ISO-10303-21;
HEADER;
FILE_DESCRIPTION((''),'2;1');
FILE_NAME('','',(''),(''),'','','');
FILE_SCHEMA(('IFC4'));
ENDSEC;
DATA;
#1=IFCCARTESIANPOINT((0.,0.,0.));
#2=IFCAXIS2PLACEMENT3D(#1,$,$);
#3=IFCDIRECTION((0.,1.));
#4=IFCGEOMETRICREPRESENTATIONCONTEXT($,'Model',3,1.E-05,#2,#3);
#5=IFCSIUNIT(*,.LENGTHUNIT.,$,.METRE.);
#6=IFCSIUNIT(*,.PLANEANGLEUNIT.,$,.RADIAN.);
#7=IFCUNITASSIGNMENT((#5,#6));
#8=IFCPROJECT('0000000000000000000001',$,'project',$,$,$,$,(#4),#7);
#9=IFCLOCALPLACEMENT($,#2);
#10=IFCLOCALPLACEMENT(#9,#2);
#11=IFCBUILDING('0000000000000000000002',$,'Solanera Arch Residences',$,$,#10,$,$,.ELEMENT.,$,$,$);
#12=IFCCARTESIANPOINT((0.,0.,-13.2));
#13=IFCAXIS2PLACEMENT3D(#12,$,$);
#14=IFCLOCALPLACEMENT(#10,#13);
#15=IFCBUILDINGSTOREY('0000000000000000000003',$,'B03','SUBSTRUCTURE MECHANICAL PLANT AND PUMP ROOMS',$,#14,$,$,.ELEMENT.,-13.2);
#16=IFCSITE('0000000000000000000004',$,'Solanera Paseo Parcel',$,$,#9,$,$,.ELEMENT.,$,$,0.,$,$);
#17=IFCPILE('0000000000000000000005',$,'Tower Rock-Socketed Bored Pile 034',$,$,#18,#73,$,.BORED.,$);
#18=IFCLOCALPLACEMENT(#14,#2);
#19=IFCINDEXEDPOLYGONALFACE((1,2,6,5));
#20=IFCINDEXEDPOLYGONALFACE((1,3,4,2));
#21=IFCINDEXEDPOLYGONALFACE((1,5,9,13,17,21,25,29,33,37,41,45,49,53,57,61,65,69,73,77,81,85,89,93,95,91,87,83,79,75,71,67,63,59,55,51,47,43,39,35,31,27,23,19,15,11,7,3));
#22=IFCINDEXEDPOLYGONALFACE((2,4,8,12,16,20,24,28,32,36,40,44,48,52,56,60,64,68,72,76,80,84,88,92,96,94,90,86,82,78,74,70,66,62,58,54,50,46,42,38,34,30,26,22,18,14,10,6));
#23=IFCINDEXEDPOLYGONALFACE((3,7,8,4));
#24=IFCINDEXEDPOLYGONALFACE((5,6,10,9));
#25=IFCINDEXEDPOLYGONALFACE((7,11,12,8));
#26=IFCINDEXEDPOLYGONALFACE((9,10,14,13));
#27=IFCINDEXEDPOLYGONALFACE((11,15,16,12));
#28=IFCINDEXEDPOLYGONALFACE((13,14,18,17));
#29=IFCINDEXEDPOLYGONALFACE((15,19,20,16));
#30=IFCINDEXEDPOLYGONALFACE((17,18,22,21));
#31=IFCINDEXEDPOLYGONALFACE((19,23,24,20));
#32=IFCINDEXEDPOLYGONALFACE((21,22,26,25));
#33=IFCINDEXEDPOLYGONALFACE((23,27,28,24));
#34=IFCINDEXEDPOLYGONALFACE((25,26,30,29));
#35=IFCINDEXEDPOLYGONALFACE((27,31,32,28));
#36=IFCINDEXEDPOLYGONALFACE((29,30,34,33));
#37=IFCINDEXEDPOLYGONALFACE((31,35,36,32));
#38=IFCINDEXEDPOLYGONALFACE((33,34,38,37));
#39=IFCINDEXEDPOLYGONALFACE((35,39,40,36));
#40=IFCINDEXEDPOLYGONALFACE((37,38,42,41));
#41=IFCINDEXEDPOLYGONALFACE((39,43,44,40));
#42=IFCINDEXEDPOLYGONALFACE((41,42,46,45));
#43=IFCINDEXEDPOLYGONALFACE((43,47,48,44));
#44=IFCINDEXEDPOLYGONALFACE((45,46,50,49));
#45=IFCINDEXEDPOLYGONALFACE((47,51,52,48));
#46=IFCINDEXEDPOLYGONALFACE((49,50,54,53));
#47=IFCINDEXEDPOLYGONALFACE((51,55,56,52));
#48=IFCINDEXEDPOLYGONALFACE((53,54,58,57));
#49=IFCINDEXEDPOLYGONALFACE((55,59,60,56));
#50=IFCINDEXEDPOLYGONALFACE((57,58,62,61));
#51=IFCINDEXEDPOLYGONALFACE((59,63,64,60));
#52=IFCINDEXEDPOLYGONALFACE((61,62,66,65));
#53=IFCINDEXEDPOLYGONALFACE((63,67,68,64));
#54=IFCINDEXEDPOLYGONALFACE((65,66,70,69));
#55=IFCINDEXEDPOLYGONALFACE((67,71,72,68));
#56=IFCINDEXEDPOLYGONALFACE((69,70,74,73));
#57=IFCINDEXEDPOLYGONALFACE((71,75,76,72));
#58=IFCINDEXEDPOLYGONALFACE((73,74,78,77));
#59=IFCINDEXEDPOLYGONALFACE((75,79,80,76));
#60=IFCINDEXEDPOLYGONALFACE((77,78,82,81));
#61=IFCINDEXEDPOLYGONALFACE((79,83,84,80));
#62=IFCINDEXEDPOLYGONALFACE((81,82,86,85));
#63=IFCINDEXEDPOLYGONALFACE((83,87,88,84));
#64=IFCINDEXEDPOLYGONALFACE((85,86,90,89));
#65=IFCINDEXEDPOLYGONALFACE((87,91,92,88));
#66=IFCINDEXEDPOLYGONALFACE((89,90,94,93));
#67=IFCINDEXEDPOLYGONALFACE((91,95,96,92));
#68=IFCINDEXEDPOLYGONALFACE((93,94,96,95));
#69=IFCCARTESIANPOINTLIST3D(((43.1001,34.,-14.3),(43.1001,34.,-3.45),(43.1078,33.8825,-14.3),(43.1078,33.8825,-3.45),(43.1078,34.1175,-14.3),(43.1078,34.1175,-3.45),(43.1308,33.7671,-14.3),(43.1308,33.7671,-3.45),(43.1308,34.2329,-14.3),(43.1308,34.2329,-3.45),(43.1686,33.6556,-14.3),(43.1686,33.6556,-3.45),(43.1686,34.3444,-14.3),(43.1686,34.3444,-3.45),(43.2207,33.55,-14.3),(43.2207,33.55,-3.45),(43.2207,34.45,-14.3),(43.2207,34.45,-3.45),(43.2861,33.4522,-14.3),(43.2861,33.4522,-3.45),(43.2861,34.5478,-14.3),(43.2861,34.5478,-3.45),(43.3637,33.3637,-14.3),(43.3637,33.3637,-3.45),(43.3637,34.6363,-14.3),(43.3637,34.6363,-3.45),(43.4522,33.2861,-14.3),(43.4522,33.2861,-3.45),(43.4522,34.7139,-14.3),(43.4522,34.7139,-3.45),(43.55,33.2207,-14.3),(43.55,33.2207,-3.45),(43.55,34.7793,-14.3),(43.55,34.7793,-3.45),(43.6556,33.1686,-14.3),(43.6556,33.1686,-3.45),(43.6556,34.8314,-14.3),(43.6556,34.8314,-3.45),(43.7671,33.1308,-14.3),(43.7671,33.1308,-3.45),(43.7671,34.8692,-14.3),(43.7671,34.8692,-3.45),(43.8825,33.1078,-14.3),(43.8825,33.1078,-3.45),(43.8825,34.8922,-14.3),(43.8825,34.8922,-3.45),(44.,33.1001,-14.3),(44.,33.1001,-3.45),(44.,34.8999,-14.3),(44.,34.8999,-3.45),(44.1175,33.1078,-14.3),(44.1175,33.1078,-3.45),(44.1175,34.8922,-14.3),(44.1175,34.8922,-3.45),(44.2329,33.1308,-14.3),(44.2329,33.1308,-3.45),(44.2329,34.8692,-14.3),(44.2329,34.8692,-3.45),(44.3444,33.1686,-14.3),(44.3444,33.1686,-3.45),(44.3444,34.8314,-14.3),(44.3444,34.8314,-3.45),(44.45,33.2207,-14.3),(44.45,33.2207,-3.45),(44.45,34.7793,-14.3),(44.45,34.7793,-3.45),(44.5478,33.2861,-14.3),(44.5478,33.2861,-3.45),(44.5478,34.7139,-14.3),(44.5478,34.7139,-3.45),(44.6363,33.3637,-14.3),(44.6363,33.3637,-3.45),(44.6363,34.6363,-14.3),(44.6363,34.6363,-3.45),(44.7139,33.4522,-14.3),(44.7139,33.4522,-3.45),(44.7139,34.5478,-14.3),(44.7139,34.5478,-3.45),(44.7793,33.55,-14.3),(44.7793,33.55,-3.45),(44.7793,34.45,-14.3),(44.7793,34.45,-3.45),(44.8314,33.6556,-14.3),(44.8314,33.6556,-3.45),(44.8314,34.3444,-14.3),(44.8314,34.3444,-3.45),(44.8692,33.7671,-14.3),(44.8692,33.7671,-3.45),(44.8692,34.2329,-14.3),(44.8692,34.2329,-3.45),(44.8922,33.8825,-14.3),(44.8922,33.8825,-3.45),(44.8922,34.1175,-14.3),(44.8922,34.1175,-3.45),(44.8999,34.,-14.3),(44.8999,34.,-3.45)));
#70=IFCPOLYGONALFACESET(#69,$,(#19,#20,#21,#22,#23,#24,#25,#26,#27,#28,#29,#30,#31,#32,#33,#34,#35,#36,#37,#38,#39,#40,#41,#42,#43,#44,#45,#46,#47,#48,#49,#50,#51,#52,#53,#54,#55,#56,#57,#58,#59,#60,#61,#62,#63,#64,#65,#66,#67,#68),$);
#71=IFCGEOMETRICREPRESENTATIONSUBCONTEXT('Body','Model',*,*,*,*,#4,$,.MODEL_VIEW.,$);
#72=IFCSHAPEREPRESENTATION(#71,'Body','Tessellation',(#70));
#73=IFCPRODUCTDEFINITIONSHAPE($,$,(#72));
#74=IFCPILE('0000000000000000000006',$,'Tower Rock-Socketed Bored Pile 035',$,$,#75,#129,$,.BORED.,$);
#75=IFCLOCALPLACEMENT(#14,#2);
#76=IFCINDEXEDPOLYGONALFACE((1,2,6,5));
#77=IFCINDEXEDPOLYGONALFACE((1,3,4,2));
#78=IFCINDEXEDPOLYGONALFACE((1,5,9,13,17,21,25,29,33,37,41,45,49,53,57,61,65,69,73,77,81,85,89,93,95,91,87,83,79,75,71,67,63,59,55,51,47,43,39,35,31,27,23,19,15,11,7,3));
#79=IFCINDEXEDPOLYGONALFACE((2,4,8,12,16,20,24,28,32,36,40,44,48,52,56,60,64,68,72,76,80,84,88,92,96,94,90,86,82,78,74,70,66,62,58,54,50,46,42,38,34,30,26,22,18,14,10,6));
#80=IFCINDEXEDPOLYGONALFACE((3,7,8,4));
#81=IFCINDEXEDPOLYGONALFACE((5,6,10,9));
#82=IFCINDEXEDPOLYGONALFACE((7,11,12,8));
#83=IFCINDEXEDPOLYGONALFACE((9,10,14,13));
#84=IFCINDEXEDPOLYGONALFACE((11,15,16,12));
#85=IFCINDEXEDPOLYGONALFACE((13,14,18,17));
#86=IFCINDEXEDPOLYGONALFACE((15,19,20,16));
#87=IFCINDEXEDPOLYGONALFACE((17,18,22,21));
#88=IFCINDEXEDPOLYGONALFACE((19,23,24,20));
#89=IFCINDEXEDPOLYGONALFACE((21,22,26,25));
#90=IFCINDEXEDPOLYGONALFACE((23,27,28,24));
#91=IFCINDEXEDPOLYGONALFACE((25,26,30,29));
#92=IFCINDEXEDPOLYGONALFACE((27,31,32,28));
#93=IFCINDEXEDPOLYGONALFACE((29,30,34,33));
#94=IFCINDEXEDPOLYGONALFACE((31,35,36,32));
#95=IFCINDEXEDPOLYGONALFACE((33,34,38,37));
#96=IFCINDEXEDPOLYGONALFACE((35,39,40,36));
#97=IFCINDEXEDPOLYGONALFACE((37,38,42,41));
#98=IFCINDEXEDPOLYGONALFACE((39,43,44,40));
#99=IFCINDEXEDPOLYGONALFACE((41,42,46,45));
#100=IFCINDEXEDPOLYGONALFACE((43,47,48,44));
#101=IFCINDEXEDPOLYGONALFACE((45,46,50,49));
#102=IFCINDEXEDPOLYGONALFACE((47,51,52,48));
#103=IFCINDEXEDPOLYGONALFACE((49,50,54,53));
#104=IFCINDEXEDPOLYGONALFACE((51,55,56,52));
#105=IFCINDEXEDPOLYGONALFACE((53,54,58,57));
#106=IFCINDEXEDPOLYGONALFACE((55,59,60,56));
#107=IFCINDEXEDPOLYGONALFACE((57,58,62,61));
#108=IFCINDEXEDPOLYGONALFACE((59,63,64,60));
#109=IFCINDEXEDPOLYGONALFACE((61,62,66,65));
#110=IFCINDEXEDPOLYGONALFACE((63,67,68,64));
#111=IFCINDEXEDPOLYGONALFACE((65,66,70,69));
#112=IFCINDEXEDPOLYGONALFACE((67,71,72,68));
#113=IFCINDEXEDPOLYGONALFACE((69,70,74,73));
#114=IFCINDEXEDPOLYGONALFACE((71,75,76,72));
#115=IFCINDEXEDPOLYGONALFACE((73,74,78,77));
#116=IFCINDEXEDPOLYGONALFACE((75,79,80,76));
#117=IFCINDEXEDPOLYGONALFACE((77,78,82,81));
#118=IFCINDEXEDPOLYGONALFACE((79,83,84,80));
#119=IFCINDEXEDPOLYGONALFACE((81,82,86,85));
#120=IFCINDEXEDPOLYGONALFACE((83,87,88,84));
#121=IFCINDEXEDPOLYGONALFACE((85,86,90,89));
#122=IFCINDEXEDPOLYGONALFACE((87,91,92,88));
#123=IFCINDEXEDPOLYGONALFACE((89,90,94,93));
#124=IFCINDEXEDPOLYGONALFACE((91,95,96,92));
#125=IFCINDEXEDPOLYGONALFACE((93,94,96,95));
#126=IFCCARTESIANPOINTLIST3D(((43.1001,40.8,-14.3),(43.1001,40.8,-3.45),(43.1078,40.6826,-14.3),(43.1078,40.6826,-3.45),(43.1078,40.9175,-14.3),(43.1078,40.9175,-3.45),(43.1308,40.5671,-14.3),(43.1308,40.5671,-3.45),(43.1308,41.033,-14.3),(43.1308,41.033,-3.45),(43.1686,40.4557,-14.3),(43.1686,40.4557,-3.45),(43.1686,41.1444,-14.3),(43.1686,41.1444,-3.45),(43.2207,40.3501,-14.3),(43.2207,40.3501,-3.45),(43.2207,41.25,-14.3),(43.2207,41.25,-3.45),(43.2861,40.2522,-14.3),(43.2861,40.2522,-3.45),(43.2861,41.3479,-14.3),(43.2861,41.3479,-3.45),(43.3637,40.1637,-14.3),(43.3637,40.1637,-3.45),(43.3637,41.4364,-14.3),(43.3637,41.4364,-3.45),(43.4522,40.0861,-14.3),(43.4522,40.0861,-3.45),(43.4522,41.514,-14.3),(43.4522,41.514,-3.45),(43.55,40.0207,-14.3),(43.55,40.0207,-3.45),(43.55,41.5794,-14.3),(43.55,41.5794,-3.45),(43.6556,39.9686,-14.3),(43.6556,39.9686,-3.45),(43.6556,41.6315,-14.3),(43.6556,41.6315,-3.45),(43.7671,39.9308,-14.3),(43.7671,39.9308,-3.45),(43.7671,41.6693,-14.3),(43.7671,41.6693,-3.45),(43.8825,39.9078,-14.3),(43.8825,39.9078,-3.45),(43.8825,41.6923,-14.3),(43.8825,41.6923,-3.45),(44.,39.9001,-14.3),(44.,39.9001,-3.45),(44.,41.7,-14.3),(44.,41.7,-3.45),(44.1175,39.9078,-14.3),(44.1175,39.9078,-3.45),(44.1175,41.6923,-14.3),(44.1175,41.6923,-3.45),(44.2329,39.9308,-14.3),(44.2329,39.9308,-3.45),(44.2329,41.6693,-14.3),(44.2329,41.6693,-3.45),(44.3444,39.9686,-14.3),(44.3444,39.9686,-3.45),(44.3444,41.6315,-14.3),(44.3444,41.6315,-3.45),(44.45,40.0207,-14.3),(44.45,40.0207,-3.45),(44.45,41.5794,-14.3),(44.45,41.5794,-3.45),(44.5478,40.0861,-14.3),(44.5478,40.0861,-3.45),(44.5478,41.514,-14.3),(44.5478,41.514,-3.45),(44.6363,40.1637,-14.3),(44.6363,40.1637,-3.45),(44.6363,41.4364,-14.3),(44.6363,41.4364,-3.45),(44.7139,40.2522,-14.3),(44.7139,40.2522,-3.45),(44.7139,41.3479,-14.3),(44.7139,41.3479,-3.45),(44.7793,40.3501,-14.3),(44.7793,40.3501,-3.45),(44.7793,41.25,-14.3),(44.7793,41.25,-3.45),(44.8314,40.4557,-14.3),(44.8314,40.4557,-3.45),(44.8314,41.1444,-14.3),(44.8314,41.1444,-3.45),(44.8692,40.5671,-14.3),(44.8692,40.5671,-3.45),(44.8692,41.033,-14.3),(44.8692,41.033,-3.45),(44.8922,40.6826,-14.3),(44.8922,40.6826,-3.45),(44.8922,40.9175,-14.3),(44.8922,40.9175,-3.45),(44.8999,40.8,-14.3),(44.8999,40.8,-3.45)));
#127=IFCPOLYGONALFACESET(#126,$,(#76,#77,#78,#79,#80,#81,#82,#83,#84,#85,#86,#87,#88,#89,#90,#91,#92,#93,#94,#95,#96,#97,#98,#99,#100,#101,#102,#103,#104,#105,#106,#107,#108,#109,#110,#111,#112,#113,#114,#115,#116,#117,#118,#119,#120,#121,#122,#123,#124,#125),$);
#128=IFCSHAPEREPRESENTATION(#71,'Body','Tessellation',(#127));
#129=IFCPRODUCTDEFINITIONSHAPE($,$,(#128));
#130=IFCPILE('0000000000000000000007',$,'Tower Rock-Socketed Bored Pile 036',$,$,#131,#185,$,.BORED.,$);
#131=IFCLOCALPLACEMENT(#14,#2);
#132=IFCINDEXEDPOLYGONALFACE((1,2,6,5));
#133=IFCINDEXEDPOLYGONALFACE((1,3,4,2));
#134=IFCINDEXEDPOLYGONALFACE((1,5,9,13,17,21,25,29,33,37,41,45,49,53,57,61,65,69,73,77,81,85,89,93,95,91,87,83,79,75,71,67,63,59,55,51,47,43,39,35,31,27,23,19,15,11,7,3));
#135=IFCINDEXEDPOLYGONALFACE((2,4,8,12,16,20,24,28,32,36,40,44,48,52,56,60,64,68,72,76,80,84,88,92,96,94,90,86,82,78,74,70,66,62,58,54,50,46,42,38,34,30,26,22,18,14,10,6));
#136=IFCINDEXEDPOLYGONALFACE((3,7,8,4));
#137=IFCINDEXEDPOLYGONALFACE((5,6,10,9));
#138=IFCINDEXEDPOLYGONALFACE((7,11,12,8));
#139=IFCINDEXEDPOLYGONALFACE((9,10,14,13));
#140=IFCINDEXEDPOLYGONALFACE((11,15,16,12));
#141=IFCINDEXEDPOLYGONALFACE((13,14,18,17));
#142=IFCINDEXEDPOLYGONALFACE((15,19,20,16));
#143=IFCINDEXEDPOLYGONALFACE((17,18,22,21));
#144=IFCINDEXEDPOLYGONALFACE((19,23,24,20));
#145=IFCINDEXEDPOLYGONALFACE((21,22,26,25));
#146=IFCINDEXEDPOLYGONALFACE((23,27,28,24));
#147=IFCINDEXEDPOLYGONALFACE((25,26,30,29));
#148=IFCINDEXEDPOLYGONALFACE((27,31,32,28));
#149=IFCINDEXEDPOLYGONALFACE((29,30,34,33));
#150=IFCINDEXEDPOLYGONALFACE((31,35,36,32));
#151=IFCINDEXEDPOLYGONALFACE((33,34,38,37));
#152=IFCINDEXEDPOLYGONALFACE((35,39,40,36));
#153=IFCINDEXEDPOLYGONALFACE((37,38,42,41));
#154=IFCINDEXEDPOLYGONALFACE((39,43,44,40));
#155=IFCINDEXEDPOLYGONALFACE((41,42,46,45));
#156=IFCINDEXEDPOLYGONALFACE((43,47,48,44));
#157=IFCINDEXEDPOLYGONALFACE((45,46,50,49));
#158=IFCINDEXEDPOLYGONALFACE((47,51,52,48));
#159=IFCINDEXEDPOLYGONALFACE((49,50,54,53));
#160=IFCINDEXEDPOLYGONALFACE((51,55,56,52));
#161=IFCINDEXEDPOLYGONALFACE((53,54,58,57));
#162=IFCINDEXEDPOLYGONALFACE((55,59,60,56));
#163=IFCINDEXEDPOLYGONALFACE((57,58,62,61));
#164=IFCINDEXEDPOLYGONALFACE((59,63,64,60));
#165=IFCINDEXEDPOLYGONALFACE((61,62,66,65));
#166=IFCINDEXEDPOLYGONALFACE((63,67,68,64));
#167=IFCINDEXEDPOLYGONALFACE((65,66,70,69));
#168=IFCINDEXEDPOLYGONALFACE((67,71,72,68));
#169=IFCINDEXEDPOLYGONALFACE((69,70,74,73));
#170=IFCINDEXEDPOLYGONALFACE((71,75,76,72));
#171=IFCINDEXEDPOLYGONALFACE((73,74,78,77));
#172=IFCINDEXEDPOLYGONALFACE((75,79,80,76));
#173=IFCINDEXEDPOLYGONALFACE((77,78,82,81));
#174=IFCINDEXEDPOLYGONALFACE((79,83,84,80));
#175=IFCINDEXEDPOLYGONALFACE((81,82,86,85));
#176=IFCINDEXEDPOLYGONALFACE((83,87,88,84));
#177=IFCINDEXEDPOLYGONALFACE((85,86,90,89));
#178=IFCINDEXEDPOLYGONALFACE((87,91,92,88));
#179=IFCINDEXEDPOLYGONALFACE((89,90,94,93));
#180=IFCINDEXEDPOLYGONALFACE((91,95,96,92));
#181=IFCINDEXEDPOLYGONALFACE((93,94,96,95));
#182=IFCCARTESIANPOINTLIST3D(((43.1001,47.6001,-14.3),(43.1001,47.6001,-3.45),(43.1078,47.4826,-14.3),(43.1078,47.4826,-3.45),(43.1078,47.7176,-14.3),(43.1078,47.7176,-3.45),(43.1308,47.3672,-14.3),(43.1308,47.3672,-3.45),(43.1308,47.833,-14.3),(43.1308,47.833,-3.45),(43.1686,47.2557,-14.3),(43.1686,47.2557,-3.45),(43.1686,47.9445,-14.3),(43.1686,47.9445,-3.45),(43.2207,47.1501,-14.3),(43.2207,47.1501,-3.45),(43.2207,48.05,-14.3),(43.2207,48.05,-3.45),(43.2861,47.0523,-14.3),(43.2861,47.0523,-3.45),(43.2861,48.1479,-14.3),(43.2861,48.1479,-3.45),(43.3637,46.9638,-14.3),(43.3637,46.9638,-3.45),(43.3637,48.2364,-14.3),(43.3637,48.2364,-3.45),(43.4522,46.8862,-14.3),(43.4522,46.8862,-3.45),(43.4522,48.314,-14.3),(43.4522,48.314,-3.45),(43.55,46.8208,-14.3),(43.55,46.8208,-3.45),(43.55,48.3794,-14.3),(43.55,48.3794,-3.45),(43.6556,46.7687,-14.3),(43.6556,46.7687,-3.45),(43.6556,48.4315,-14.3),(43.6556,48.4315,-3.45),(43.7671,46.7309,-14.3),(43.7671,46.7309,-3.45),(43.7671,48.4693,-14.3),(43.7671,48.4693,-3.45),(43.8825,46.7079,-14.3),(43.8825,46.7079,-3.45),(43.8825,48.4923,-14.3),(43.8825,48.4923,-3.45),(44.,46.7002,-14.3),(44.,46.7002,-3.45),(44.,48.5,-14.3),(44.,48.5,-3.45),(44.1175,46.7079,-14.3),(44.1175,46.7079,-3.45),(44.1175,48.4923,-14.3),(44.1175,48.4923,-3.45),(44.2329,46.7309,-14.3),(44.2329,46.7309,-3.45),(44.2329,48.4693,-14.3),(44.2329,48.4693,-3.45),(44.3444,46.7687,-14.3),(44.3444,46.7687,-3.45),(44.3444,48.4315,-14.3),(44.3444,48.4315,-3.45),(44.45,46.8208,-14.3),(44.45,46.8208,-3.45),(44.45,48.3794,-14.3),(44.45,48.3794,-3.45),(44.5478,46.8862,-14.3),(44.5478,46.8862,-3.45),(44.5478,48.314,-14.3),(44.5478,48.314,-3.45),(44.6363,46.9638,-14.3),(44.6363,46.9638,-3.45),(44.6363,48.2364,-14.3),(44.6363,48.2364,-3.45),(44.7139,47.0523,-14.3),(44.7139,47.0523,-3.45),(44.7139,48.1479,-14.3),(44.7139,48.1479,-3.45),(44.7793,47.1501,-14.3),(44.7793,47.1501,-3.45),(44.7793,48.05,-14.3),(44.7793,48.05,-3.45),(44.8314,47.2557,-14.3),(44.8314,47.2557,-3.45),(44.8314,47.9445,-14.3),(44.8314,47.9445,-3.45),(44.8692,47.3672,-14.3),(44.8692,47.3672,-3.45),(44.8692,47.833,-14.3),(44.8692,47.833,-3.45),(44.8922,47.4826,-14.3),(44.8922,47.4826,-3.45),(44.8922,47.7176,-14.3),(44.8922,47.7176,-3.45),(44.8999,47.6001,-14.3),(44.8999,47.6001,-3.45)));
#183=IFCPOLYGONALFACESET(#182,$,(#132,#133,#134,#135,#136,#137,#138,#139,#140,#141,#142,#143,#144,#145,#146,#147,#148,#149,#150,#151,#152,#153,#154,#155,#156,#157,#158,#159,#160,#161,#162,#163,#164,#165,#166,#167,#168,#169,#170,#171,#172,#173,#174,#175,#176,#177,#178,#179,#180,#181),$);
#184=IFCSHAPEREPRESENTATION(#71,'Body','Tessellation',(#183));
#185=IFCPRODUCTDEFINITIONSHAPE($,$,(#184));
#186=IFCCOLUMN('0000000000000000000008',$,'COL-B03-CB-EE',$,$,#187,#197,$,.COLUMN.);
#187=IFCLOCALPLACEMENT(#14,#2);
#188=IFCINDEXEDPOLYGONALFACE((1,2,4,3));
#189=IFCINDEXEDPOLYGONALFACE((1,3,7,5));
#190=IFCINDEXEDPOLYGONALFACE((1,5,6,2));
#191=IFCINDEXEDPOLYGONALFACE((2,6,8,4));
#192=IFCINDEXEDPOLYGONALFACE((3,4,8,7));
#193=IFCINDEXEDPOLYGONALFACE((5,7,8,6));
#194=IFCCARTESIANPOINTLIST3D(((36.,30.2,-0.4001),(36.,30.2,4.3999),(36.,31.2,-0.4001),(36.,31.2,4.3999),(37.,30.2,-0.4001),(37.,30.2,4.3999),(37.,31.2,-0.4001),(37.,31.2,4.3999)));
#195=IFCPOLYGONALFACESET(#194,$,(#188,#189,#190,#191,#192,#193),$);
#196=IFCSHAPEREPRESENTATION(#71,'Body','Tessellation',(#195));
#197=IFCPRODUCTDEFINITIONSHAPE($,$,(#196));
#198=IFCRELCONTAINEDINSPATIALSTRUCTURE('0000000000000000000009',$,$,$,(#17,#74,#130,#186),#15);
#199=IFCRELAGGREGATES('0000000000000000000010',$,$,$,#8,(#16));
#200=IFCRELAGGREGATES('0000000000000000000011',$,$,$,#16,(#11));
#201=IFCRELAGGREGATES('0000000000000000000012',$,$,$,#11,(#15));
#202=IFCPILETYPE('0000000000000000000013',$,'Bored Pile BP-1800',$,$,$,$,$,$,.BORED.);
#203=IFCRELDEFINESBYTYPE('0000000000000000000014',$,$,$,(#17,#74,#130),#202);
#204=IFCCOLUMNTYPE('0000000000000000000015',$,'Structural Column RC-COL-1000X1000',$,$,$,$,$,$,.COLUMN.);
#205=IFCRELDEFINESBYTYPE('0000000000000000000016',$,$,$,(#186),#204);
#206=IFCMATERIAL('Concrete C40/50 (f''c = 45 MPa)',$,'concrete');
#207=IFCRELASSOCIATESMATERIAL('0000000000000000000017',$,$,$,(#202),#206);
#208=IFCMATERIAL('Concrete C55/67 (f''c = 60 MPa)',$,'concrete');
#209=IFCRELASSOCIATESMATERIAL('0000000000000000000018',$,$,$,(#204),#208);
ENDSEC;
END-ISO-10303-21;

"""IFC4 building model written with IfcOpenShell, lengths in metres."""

from ifc_helpers import new_model, si_unit, direction, frame, origin, origin_2d, place, context, subcontext, project, spatial, rectangle, circle, extrude, material, material_profile, profile_set, type_object, element, save


model = new_model("IFC4")

# Units and contexts
model_context = context("Model", 3, precision=1e-05, world=origin(), true_north=direction((0.0, 1.0)))
body_context = subcontext(model_context, "Body", "Model", "MODEL_VIEW")
ifc_project = project(units=[si_unit("LENGTHUNIT", "METRE"), si_unit("PLANEANGLEUNIT", "RADIAN")], contexts=[model_context])

# Site, building, storey
site_placement = place(None, origin())
site = spatial("IfcSite", under=ifc_project, at=site_placement, Name="Solanera Paseo Parcel", CompositionType="ELEMENT", RefElevation=0.0)
building_placement = place(site_placement, origin())
building = spatial("IfcBuilding", under=site, at=building_placement, Name="Solanera Arch Residences", CompositionType="ELEMENT")
storey_placement = place(building_placement, frame((0.0, 0.0, -13.2)))
storey = spatial("IfcBuildingStorey", under=building, at=storey_placement, Name="B03", Description="SUBSTRUCTURE MECHANICAL PLANT AND PUMP ROOMS", CompositionType="ELEMENT", Elevation=-13.2)

# Piles
ifc_material_1 = material(Name="Concrete C40/50 (f'c = 45 MPa)", Category="concrete")
ifc_material_profile_1 = material_profile(ifc_material_1, circle(Radius=0.8999, at=origin_2d()))
ifc_profile_set_1 = profile_set([ifc_material_profile_1], Name="Concrete C40/50 (f'c = 45 MPa)")
pile_type = type_object("IfcPileType", Name="Bored Pile BP-1800", PredefinedType="BORED", material=ifc_profile_set_1)
for number, where, z_axis, x_axis, name in (
    (1, (44.0, 34.0, -3.45), (0.0, 0.0, -1.0), (1.0, 0.0, 0.0), "Tower Rock-Socketed Bored Pile 034"),
    (2, (44.0, 40.8, -3.45), (0.0, 0.0, -1.0), (1.0, 0.0, 0.0), "Tower Rock-Socketed Bored Pile 035"),
    (3, (44.0, 47.6001, -3.45), (0.0, 0.0, -1.0), (1.0, 0.0, 0.0), "Tower Rock-Socketed Bored Pile 036"),
):
    element("IfcPile", number, at=place(storey_placement, frame(where, z_axis=z_axis, x_axis=x_axis)), inside=storey, type_object=pile_type, Name=name, PredefinedType="BORED", context=body_context, shape_type="SweptSolid", body=[
        extrude(circle(Radius=0.8999, at=origin_2d()), origin(), (0.0, 0.0, 1.0), 10.8501),
    ])

# Column
ifc_material_2 = material(Name="Concrete C55/67 (f'c = 60 MPa)", Category="concrete")
ifc_material_profile_2 = material_profile(ifc_material_2, rectangle(XDim=1.0, YDim=1.0, at=origin_2d()))
ifc_profile_set_2 = profile_set([ifc_material_profile_2], Name="Concrete C55/67 (f'c = 60 MPa)")
column_type_1 = type_object("IfcColumnType", Name="Structural Column RC-COL-1000X1000", PredefinedType="COLUMN", material=ifc_profile_set_2)
column_1_placement = place(storey_placement, frame((36.5, 30.7, -0.4001), z_axis=(0.0, 0.0, 1.0), x_axis=(1.0, 0.0, 0.0)))
element("IfcColumn", 4, at=column_1_placement, inside=storey, type_object=column_type_1, Name="COL-B03-CB-EE", PredefinedType="COLUMN", context=body_context, shape_type="SweptSolid", body=[
    extrude(rectangle(XDim=1.0, YDim=1.0, at=origin_2d()), origin(), (0.0, 0.0, 1.0), 4.8),
])

save(model, "model.ifc")
